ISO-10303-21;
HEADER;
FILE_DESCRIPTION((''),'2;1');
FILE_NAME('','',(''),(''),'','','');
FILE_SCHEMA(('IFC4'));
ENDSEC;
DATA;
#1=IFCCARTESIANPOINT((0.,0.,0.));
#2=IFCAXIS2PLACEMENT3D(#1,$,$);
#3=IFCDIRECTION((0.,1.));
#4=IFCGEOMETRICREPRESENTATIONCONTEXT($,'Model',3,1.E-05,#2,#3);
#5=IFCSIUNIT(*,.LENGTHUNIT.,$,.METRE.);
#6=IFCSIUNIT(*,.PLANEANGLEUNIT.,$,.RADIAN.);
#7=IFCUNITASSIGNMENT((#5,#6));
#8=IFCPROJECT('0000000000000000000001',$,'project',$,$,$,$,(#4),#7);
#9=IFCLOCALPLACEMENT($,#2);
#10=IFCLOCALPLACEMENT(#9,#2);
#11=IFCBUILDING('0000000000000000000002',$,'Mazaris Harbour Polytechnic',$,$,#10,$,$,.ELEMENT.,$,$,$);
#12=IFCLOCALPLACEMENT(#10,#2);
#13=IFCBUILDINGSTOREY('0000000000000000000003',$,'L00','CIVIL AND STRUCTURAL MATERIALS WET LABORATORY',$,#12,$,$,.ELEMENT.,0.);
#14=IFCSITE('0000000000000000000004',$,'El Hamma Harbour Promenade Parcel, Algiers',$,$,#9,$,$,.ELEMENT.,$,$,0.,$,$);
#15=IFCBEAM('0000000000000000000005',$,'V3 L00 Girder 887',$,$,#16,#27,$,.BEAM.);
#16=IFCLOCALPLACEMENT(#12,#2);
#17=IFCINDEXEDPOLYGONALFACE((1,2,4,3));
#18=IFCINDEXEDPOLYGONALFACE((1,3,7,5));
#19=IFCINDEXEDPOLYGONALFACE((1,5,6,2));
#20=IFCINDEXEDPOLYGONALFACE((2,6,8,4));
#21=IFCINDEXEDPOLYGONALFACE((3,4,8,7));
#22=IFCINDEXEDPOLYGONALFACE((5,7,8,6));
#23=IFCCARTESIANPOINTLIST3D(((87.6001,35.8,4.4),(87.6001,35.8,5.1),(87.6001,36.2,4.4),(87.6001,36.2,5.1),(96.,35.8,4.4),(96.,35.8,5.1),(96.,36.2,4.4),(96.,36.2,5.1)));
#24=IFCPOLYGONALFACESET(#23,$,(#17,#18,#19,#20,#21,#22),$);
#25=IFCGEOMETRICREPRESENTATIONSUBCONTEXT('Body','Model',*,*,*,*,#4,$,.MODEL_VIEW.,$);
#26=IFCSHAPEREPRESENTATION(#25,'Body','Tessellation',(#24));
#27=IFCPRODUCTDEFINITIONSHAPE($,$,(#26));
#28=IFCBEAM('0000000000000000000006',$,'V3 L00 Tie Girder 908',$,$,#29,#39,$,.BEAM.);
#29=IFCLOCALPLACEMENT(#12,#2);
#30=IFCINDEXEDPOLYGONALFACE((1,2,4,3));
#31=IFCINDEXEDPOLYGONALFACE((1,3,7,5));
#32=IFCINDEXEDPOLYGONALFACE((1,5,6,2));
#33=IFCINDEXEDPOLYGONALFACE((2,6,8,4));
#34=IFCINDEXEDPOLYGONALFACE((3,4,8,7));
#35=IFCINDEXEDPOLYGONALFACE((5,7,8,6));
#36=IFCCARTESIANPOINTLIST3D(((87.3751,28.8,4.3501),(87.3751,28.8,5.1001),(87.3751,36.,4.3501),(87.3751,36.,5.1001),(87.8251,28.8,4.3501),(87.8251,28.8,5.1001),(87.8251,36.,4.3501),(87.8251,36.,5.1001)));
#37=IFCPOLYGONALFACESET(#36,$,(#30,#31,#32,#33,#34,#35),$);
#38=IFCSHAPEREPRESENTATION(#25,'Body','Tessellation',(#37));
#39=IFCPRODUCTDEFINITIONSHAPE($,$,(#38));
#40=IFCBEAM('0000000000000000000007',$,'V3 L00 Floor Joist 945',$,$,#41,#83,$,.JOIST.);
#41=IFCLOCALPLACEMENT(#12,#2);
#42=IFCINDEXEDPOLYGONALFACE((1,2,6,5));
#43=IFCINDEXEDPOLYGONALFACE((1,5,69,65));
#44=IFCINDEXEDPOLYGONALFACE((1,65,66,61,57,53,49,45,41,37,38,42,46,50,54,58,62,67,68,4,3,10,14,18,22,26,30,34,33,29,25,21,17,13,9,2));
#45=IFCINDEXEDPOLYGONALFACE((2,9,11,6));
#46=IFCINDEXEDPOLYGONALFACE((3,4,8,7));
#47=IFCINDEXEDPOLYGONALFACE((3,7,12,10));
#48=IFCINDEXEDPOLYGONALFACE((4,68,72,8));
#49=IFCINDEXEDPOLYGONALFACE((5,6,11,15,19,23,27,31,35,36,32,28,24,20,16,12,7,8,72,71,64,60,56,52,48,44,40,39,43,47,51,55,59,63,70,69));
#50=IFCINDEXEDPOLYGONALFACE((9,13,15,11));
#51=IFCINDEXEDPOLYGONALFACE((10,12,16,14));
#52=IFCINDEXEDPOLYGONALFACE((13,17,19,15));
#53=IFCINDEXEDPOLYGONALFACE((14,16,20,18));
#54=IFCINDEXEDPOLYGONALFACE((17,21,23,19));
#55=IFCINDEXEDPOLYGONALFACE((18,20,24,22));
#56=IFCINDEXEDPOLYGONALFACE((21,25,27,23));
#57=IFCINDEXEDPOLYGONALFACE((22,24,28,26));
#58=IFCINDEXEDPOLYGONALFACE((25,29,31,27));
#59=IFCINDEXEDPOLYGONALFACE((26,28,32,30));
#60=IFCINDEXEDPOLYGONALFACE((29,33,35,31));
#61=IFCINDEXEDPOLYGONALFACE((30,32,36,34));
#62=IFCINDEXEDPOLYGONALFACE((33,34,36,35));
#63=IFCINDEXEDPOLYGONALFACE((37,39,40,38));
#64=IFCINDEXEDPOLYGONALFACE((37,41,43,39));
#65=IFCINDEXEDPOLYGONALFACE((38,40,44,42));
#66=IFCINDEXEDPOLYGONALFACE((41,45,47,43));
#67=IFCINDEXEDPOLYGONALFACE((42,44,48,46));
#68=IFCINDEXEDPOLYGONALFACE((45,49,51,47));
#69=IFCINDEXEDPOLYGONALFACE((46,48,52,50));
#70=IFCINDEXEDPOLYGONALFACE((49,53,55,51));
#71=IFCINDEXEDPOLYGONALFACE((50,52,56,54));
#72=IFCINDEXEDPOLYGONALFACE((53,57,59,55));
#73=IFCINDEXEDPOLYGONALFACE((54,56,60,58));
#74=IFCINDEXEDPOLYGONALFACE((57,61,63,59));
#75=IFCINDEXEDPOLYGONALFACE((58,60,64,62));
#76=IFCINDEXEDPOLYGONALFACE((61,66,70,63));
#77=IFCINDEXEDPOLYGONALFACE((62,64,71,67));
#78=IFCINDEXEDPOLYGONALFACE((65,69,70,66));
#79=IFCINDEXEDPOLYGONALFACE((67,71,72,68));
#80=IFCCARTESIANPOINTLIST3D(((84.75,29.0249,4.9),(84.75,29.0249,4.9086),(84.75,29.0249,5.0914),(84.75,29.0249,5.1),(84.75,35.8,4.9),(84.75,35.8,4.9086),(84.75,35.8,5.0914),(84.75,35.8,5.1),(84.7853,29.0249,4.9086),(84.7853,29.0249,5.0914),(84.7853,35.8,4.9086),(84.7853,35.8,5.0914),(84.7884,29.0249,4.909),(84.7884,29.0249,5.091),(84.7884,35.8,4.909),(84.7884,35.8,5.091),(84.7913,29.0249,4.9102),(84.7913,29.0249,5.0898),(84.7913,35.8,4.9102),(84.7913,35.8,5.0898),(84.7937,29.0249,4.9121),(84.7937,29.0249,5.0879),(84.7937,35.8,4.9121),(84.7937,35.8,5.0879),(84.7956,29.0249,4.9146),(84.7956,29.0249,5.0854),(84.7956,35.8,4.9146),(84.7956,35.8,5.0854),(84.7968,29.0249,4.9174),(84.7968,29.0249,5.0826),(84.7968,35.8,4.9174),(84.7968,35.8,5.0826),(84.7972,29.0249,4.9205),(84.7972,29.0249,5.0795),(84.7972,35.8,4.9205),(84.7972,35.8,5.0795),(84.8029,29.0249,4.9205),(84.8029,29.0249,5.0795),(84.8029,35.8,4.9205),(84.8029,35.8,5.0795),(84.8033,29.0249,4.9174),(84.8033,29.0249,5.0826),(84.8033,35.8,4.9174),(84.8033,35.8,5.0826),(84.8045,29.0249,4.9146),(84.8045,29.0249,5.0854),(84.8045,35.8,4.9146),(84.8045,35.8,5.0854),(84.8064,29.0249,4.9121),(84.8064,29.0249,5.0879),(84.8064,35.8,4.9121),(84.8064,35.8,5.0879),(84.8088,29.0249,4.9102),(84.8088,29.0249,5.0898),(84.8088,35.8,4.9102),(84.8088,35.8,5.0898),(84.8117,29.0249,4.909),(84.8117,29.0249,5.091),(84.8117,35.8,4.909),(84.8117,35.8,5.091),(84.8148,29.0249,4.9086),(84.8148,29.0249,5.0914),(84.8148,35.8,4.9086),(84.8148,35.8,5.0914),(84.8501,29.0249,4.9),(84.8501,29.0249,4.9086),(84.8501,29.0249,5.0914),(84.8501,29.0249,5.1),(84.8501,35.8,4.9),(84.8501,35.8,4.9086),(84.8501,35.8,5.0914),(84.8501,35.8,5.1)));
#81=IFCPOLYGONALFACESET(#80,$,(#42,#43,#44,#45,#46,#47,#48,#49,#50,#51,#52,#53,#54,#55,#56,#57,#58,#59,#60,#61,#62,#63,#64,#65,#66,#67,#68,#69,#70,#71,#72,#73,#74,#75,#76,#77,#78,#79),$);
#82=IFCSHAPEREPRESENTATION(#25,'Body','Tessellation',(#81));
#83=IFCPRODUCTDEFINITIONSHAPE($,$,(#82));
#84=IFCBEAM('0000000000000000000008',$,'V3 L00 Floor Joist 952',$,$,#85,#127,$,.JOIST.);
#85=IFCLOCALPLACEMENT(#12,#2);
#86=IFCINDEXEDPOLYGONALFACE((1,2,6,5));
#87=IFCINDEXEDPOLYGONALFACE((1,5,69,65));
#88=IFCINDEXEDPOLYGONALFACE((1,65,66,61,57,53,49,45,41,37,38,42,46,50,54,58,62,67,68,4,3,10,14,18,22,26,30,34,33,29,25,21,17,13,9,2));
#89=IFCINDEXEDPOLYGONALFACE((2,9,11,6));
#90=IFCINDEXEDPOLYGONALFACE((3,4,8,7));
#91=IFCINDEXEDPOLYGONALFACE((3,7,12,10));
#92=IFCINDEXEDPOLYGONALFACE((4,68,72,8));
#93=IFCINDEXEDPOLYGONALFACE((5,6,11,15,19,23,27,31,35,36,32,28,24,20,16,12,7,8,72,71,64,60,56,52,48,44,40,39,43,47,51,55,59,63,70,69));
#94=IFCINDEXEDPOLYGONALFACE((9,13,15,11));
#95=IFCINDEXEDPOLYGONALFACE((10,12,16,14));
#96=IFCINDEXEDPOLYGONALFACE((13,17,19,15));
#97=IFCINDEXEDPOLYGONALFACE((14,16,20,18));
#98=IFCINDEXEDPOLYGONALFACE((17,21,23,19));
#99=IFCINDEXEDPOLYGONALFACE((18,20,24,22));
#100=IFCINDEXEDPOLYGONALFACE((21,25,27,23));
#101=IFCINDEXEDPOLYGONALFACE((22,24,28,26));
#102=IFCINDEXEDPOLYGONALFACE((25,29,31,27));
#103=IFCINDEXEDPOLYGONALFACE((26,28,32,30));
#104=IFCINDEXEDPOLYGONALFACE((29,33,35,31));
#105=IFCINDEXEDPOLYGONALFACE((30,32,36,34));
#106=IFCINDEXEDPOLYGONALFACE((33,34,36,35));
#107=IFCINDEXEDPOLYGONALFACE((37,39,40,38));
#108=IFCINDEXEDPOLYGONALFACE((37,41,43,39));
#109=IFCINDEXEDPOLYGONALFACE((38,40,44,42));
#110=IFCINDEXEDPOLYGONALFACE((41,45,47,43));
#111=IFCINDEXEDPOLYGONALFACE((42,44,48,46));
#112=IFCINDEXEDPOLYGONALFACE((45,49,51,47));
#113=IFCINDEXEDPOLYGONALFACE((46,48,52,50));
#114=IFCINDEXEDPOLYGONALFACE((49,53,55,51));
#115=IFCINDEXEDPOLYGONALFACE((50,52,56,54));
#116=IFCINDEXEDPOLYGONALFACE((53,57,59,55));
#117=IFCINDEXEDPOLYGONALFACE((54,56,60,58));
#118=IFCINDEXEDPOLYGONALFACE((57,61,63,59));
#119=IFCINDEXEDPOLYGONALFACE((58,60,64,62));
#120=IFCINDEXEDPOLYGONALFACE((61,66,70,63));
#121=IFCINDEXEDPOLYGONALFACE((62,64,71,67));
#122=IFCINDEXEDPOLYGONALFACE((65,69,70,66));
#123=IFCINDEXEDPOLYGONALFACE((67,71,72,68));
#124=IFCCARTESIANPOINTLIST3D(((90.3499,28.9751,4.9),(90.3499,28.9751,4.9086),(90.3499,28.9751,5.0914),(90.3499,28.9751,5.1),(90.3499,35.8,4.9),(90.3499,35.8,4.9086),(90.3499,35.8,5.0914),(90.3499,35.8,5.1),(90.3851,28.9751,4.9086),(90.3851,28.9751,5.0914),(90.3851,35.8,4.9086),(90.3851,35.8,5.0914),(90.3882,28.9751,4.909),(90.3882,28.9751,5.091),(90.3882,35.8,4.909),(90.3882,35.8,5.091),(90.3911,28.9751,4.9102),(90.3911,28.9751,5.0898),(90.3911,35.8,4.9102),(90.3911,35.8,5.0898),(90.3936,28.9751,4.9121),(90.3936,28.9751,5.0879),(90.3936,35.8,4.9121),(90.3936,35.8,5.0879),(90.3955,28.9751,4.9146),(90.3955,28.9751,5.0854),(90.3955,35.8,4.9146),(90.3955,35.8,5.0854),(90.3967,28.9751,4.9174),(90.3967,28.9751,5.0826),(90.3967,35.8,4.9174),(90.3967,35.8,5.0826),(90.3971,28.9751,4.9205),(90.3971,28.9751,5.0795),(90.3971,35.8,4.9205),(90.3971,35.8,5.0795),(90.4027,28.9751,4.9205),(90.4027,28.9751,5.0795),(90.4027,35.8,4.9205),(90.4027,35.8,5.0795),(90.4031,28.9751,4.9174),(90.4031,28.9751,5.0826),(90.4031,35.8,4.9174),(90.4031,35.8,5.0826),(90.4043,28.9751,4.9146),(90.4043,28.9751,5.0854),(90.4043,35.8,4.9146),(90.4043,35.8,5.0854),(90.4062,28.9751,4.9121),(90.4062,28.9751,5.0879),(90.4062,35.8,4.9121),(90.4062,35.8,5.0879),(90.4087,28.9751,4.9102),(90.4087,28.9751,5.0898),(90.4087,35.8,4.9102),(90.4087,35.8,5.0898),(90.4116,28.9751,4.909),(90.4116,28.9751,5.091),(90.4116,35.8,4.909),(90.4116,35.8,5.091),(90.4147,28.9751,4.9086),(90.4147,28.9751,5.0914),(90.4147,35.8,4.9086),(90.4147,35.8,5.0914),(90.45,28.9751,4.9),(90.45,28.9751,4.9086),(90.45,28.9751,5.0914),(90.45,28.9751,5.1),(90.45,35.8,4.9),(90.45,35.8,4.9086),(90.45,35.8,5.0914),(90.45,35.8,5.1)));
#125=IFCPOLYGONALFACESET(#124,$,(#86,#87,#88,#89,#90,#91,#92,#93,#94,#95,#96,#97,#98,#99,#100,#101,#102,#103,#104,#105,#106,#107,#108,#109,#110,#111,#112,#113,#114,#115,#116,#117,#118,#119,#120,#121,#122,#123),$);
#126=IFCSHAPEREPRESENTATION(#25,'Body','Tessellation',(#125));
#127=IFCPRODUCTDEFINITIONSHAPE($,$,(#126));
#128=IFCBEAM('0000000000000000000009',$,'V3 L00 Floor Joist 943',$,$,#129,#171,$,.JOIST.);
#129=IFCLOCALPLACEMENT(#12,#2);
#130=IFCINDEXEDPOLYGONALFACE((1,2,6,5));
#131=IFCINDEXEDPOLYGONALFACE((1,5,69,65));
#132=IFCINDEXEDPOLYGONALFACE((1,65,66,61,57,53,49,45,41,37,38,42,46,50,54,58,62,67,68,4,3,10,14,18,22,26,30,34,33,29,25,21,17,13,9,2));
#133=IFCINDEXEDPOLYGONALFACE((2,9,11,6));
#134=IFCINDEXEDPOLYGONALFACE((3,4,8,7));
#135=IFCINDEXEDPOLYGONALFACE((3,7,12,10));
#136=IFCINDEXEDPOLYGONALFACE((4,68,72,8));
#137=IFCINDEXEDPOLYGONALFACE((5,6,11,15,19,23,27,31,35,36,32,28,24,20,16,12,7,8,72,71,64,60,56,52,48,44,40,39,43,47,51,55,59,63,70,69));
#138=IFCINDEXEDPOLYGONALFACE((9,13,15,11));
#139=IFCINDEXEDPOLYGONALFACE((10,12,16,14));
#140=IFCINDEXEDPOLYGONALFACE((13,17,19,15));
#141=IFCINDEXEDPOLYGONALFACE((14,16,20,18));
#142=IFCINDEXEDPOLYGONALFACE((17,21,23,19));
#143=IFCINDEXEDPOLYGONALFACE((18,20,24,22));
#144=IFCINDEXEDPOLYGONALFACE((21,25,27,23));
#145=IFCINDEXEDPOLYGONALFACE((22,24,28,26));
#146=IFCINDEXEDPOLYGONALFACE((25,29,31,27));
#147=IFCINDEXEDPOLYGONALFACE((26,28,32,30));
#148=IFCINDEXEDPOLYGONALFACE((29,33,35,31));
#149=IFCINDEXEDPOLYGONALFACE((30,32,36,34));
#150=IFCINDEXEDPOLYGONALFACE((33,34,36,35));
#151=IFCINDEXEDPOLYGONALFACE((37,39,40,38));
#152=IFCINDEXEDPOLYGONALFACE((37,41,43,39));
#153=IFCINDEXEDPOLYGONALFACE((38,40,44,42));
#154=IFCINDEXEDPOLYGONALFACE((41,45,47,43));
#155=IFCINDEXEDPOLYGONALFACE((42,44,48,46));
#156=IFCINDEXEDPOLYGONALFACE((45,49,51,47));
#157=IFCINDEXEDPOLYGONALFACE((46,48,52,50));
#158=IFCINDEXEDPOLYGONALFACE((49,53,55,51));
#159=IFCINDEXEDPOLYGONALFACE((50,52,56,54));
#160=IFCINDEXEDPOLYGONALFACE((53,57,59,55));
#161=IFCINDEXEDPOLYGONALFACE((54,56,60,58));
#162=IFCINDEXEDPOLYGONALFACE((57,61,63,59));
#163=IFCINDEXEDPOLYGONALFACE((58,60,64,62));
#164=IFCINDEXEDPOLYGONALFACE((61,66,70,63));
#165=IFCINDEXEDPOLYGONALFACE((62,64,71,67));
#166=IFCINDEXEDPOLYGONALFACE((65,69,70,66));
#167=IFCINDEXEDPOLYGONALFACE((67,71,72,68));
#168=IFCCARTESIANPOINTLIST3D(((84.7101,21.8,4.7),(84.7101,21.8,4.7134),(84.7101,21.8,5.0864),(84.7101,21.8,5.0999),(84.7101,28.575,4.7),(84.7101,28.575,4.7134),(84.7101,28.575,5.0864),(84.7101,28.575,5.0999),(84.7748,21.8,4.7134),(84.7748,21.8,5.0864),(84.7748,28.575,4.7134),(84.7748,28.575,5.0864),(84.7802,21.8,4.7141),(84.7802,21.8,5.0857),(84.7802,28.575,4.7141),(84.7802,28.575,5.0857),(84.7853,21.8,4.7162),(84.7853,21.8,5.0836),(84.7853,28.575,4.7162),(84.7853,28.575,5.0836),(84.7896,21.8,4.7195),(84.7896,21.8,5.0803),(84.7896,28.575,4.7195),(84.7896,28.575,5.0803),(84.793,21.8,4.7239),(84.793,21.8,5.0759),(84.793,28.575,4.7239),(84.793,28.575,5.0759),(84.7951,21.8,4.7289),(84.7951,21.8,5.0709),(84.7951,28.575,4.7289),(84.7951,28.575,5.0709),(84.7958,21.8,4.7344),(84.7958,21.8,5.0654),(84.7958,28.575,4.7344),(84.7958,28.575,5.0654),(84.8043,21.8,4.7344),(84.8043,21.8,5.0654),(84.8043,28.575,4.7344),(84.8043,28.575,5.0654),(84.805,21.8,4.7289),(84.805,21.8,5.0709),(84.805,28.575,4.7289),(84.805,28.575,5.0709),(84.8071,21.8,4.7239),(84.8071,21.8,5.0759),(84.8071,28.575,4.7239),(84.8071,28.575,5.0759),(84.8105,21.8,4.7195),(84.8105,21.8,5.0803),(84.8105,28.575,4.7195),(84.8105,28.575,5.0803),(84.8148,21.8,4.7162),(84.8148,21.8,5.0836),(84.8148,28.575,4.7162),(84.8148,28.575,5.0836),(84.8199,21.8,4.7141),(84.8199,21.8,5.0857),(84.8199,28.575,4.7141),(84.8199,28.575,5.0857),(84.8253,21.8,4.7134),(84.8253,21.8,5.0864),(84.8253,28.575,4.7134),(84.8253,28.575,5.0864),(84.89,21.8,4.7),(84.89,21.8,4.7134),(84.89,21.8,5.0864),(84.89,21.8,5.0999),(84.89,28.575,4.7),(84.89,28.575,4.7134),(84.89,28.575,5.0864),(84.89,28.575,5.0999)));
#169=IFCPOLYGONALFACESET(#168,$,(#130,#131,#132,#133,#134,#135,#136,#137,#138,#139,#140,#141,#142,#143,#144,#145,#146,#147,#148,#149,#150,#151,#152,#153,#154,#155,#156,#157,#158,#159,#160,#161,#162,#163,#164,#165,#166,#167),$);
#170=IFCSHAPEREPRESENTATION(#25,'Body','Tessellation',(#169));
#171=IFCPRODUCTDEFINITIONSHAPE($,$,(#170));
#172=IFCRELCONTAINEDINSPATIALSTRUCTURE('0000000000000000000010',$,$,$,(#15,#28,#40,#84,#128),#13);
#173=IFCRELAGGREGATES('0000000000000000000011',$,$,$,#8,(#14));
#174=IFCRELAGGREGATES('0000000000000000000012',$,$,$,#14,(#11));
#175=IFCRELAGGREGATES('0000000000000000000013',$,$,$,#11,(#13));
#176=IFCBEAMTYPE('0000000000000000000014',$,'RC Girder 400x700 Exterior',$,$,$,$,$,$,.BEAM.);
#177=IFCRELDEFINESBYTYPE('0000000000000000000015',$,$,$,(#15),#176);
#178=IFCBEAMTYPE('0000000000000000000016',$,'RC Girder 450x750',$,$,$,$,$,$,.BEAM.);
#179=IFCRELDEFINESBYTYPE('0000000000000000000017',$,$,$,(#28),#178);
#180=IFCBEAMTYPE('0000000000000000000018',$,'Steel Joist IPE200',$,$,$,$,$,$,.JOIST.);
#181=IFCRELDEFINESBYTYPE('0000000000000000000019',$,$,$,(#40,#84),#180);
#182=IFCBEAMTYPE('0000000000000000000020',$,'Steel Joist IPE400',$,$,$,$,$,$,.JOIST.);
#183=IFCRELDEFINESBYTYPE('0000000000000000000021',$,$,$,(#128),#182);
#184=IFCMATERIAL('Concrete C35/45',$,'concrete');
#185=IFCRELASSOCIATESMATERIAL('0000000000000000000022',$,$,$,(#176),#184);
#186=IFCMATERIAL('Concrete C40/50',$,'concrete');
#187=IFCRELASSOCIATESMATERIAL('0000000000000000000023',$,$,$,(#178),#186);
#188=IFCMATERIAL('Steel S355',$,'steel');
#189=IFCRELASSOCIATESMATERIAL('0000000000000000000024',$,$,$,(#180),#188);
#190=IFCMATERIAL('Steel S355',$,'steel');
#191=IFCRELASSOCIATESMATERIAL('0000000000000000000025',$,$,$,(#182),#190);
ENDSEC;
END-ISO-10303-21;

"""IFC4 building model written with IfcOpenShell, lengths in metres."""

from ifc_helpers import new_model, si_unit, direction, frame, origin, origin_2d, place, context, subcontext, project, spatial, rectangle, i_section, extrude, material, material_profile, profile_set, type_object, element, save


model = new_model("IFC4")

# Units and contexts
model_context = context("Model", 3, precision=1e-05, world=origin(), true_north=direction((0.0, 1.0)))
body_context = subcontext(model_context, "Body", "Model", "MODEL_VIEW")
ifc_project = project(units=[si_unit("LENGTHUNIT", "METRE"), si_unit("PLANEANGLEUNIT", "RADIAN")], contexts=[model_context])

# Site, building, storey
site_placement = place(None, origin())
site = spatial("IfcSite", under=ifc_project, at=site_placement, Name="El Hamma Harbour Promenade Parcel, Algiers", CompositionType="ELEMENT", RefElevation=0.0)
building_placement = place(site_placement, origin())
building = spatial("IfcBuilding", under=site, at=building_placement, Name="Mazaris Harbour Polytechnic", CompositionType="ELEMENT")
storey_placement = place(building_placement, origin())
storey = spatial("IfcBuildingStorey", under=building, at=storey_placement, Name="L00", Description="CIVIL AND STRUCTURAL MATERIALS WET LABORATORY", CompositionType="ELEMENT", Elevation=0.0)

# Beams
ifc_material_1 = material(Name="Concrete C35/45", Category="concrete")
ifc_material_profile_1 = material_profile(ifc_material_1, rectangle(XDim=0.3999, YDim=0.7, at=origin_2d()), Name="RECT400x700")
ifc_profile_set_1 = profile_set([ifc_material_profile_1], Name="Concrete C35/45")
beam_type_1 = type_object("IfcBeamType", Name="RC Girder 400x700 Exterior", PredefinedType="BEAM", material=ifc_profile_set_1)
beam_1_placement = place(storey_placement, frame((87.6001, 36.0, 4.75), z_axis=(1.0, 0.0, 0.0), x_axis=(0.0, 1.0, 0.0)))
element("IfcBeam", 1, at=beam_1_placement, inside=storey, type_object=beam_type_1, Name="V3 L00 Girder 887", PredefinedType="BEAM", context=body_context, shape_type="SweptSolid", body=[
    extrude(rectangle(XDim=0.3999, YDim=0.7, at=origin_2d()), origin(), (0.0, 0.0, 1.0), 8.3999),
])
ifc_material_2 = material(Name="Concrete C40/50", Category="concrete")
ifc_material_profile_2 = material_profile(ifc_material_2, rectangle(XDim=0.45, YDim=0.75, at=origin_2d()), Name="RECT450x750")
ifc_profile_set_2 = profile_set([ifc_material_profile_2], Name="Concrete C40/50")
beam_type_2 = type_object("IfcBeamType", Name="RC Girder 450x750", PredefinedType="BEAM", material=ifc_profile_set_2)
beam_2_placement = place(storey_placement, frame((87.6001, 28.8, 4.7251), z_axis=(0.0, 1.0, 0.0), x_axis=(-1.0, 0.0, 0.0)))
element("IfcBeam", 2, at=beam_2_placement, inside=storey, type_object=beam_type_2, Name="V3 L00 Tie Girder 908", PredefinedType="BEAM", context=body_context, shape_type="SweptSolid", body=[
    extrude(rectangle(XDim=0.45, YDim=0.75, at=origin_2d()), origin(), (0.0, 0.0, 1.0), 7.2),
])
ifc_material_3 = material(Name="Steel S355", Category="steel")
ifc_material_profile_3 = material_profile(ifc_material_3, i_section(OverallWidth=0.1001, OverallDepth=0.2, WebThickness=0.0056, FlangeThickness=0.0085, FilletRadius=0.012, at=origin_2d()), Name="IPE 200")
ifc_profile_set_3 = profile_set([ifc_material_profile_3], Name="Steel S355")
beam_type_3 = type_object("IfcBeamType", Name="Steel Joist IPE200", PredefinedType="JOIST", material=ifc_profile_set_3)
beam_3_placement = place(storey_placement, frame((84.8, 29.0249, 5.0), z_axis=(0.0, 1.0, 0.0), x_axis=(-1.0, 0.0, 0.0)))
element("IfcBeam", 3, at=beam_3_placement, inside=storey, type_object=beam_type_3, Name="V3 L00 Floor Joist 945", PredefinedType="JOIST", context=body_context, shape_type="SweptSolid", body=[
    extrude(i_section(OverallWidth=0.1001, OverallDepth=0.2, WebThickness=0.0056, FlangeThickness=0.0085, FilletRadius=0.012, at=origin_2d()), origin(), (0.0, 0.0, 1.0), 6.7751),
])
beam_4_placement = place(storey_placement, frame((90.3999, 28.9751, 5.0), z_axis=(0.0, 1.0, 0.0), x_axis=(-1.0, 0.0, 0.0)))
element("IfcBeam", 4, at=beam_4_placement, inside=storey, type_object=beam_type_3, Name="V3 L00 Floor Joist 952", PredefinedType="JOIST", context=body_context, shape_type="SweptSolid", body=[
    extrude(i_section(OverallWidth=0.1001, OverallDepth=0.2, WebThickness=0.0056, FlangeThickness=0.0085, FilletRadius=0.012, at=origin_2d()), origin(), (0.0, 0.0, 1.0), 6.825),
])
ifc_material_4 = material(Name="Steel S355", Category="steel")
ifc_material_profile_4 = material_profile(ifc_material_4, i_section(OverallWidth=0.1799, OverallDepth=0.3999, WebThickness=0.0085, FlangeThickness=0.0134, FilletRadius=0.021, at=origin_2d()), Name="IPE 400")
ifc_profile_set_4 = profile_set([ifc_material_profile_4], Name="Steel S355")
beam_type_4 = type_object("IfcBeamType", Name="Steel Joist IPE400", PredefinedType="JOIST", material=ifc_profile_set_4)
beam_5_placement = place(storey_placement, frame((84.8, 21.8, 4.8999), z_axis=(0.0, 1.0, 0.0), x_axis=(-1.0, 0.0, 0.0)))
element("IfcBeam", 5, at=beam_5_placement, inside=storey, type_object=beam_type_4, Name="V3 L00 Floor Joist 943", PredefinedType="JOIST", context=body_context, shape_type="SweptSolid", body=[
    extrude(i_section(OverallWidth=0.1799, OverallDepth=0.3999, WebThickness=0.0085, FlangeThickness=0.0134, FilletRadius=0.021, at=origin_2d()), origin(), (0.0, 0.0, 1.0), 6.7749),
])

save(model, "model.ifc")
